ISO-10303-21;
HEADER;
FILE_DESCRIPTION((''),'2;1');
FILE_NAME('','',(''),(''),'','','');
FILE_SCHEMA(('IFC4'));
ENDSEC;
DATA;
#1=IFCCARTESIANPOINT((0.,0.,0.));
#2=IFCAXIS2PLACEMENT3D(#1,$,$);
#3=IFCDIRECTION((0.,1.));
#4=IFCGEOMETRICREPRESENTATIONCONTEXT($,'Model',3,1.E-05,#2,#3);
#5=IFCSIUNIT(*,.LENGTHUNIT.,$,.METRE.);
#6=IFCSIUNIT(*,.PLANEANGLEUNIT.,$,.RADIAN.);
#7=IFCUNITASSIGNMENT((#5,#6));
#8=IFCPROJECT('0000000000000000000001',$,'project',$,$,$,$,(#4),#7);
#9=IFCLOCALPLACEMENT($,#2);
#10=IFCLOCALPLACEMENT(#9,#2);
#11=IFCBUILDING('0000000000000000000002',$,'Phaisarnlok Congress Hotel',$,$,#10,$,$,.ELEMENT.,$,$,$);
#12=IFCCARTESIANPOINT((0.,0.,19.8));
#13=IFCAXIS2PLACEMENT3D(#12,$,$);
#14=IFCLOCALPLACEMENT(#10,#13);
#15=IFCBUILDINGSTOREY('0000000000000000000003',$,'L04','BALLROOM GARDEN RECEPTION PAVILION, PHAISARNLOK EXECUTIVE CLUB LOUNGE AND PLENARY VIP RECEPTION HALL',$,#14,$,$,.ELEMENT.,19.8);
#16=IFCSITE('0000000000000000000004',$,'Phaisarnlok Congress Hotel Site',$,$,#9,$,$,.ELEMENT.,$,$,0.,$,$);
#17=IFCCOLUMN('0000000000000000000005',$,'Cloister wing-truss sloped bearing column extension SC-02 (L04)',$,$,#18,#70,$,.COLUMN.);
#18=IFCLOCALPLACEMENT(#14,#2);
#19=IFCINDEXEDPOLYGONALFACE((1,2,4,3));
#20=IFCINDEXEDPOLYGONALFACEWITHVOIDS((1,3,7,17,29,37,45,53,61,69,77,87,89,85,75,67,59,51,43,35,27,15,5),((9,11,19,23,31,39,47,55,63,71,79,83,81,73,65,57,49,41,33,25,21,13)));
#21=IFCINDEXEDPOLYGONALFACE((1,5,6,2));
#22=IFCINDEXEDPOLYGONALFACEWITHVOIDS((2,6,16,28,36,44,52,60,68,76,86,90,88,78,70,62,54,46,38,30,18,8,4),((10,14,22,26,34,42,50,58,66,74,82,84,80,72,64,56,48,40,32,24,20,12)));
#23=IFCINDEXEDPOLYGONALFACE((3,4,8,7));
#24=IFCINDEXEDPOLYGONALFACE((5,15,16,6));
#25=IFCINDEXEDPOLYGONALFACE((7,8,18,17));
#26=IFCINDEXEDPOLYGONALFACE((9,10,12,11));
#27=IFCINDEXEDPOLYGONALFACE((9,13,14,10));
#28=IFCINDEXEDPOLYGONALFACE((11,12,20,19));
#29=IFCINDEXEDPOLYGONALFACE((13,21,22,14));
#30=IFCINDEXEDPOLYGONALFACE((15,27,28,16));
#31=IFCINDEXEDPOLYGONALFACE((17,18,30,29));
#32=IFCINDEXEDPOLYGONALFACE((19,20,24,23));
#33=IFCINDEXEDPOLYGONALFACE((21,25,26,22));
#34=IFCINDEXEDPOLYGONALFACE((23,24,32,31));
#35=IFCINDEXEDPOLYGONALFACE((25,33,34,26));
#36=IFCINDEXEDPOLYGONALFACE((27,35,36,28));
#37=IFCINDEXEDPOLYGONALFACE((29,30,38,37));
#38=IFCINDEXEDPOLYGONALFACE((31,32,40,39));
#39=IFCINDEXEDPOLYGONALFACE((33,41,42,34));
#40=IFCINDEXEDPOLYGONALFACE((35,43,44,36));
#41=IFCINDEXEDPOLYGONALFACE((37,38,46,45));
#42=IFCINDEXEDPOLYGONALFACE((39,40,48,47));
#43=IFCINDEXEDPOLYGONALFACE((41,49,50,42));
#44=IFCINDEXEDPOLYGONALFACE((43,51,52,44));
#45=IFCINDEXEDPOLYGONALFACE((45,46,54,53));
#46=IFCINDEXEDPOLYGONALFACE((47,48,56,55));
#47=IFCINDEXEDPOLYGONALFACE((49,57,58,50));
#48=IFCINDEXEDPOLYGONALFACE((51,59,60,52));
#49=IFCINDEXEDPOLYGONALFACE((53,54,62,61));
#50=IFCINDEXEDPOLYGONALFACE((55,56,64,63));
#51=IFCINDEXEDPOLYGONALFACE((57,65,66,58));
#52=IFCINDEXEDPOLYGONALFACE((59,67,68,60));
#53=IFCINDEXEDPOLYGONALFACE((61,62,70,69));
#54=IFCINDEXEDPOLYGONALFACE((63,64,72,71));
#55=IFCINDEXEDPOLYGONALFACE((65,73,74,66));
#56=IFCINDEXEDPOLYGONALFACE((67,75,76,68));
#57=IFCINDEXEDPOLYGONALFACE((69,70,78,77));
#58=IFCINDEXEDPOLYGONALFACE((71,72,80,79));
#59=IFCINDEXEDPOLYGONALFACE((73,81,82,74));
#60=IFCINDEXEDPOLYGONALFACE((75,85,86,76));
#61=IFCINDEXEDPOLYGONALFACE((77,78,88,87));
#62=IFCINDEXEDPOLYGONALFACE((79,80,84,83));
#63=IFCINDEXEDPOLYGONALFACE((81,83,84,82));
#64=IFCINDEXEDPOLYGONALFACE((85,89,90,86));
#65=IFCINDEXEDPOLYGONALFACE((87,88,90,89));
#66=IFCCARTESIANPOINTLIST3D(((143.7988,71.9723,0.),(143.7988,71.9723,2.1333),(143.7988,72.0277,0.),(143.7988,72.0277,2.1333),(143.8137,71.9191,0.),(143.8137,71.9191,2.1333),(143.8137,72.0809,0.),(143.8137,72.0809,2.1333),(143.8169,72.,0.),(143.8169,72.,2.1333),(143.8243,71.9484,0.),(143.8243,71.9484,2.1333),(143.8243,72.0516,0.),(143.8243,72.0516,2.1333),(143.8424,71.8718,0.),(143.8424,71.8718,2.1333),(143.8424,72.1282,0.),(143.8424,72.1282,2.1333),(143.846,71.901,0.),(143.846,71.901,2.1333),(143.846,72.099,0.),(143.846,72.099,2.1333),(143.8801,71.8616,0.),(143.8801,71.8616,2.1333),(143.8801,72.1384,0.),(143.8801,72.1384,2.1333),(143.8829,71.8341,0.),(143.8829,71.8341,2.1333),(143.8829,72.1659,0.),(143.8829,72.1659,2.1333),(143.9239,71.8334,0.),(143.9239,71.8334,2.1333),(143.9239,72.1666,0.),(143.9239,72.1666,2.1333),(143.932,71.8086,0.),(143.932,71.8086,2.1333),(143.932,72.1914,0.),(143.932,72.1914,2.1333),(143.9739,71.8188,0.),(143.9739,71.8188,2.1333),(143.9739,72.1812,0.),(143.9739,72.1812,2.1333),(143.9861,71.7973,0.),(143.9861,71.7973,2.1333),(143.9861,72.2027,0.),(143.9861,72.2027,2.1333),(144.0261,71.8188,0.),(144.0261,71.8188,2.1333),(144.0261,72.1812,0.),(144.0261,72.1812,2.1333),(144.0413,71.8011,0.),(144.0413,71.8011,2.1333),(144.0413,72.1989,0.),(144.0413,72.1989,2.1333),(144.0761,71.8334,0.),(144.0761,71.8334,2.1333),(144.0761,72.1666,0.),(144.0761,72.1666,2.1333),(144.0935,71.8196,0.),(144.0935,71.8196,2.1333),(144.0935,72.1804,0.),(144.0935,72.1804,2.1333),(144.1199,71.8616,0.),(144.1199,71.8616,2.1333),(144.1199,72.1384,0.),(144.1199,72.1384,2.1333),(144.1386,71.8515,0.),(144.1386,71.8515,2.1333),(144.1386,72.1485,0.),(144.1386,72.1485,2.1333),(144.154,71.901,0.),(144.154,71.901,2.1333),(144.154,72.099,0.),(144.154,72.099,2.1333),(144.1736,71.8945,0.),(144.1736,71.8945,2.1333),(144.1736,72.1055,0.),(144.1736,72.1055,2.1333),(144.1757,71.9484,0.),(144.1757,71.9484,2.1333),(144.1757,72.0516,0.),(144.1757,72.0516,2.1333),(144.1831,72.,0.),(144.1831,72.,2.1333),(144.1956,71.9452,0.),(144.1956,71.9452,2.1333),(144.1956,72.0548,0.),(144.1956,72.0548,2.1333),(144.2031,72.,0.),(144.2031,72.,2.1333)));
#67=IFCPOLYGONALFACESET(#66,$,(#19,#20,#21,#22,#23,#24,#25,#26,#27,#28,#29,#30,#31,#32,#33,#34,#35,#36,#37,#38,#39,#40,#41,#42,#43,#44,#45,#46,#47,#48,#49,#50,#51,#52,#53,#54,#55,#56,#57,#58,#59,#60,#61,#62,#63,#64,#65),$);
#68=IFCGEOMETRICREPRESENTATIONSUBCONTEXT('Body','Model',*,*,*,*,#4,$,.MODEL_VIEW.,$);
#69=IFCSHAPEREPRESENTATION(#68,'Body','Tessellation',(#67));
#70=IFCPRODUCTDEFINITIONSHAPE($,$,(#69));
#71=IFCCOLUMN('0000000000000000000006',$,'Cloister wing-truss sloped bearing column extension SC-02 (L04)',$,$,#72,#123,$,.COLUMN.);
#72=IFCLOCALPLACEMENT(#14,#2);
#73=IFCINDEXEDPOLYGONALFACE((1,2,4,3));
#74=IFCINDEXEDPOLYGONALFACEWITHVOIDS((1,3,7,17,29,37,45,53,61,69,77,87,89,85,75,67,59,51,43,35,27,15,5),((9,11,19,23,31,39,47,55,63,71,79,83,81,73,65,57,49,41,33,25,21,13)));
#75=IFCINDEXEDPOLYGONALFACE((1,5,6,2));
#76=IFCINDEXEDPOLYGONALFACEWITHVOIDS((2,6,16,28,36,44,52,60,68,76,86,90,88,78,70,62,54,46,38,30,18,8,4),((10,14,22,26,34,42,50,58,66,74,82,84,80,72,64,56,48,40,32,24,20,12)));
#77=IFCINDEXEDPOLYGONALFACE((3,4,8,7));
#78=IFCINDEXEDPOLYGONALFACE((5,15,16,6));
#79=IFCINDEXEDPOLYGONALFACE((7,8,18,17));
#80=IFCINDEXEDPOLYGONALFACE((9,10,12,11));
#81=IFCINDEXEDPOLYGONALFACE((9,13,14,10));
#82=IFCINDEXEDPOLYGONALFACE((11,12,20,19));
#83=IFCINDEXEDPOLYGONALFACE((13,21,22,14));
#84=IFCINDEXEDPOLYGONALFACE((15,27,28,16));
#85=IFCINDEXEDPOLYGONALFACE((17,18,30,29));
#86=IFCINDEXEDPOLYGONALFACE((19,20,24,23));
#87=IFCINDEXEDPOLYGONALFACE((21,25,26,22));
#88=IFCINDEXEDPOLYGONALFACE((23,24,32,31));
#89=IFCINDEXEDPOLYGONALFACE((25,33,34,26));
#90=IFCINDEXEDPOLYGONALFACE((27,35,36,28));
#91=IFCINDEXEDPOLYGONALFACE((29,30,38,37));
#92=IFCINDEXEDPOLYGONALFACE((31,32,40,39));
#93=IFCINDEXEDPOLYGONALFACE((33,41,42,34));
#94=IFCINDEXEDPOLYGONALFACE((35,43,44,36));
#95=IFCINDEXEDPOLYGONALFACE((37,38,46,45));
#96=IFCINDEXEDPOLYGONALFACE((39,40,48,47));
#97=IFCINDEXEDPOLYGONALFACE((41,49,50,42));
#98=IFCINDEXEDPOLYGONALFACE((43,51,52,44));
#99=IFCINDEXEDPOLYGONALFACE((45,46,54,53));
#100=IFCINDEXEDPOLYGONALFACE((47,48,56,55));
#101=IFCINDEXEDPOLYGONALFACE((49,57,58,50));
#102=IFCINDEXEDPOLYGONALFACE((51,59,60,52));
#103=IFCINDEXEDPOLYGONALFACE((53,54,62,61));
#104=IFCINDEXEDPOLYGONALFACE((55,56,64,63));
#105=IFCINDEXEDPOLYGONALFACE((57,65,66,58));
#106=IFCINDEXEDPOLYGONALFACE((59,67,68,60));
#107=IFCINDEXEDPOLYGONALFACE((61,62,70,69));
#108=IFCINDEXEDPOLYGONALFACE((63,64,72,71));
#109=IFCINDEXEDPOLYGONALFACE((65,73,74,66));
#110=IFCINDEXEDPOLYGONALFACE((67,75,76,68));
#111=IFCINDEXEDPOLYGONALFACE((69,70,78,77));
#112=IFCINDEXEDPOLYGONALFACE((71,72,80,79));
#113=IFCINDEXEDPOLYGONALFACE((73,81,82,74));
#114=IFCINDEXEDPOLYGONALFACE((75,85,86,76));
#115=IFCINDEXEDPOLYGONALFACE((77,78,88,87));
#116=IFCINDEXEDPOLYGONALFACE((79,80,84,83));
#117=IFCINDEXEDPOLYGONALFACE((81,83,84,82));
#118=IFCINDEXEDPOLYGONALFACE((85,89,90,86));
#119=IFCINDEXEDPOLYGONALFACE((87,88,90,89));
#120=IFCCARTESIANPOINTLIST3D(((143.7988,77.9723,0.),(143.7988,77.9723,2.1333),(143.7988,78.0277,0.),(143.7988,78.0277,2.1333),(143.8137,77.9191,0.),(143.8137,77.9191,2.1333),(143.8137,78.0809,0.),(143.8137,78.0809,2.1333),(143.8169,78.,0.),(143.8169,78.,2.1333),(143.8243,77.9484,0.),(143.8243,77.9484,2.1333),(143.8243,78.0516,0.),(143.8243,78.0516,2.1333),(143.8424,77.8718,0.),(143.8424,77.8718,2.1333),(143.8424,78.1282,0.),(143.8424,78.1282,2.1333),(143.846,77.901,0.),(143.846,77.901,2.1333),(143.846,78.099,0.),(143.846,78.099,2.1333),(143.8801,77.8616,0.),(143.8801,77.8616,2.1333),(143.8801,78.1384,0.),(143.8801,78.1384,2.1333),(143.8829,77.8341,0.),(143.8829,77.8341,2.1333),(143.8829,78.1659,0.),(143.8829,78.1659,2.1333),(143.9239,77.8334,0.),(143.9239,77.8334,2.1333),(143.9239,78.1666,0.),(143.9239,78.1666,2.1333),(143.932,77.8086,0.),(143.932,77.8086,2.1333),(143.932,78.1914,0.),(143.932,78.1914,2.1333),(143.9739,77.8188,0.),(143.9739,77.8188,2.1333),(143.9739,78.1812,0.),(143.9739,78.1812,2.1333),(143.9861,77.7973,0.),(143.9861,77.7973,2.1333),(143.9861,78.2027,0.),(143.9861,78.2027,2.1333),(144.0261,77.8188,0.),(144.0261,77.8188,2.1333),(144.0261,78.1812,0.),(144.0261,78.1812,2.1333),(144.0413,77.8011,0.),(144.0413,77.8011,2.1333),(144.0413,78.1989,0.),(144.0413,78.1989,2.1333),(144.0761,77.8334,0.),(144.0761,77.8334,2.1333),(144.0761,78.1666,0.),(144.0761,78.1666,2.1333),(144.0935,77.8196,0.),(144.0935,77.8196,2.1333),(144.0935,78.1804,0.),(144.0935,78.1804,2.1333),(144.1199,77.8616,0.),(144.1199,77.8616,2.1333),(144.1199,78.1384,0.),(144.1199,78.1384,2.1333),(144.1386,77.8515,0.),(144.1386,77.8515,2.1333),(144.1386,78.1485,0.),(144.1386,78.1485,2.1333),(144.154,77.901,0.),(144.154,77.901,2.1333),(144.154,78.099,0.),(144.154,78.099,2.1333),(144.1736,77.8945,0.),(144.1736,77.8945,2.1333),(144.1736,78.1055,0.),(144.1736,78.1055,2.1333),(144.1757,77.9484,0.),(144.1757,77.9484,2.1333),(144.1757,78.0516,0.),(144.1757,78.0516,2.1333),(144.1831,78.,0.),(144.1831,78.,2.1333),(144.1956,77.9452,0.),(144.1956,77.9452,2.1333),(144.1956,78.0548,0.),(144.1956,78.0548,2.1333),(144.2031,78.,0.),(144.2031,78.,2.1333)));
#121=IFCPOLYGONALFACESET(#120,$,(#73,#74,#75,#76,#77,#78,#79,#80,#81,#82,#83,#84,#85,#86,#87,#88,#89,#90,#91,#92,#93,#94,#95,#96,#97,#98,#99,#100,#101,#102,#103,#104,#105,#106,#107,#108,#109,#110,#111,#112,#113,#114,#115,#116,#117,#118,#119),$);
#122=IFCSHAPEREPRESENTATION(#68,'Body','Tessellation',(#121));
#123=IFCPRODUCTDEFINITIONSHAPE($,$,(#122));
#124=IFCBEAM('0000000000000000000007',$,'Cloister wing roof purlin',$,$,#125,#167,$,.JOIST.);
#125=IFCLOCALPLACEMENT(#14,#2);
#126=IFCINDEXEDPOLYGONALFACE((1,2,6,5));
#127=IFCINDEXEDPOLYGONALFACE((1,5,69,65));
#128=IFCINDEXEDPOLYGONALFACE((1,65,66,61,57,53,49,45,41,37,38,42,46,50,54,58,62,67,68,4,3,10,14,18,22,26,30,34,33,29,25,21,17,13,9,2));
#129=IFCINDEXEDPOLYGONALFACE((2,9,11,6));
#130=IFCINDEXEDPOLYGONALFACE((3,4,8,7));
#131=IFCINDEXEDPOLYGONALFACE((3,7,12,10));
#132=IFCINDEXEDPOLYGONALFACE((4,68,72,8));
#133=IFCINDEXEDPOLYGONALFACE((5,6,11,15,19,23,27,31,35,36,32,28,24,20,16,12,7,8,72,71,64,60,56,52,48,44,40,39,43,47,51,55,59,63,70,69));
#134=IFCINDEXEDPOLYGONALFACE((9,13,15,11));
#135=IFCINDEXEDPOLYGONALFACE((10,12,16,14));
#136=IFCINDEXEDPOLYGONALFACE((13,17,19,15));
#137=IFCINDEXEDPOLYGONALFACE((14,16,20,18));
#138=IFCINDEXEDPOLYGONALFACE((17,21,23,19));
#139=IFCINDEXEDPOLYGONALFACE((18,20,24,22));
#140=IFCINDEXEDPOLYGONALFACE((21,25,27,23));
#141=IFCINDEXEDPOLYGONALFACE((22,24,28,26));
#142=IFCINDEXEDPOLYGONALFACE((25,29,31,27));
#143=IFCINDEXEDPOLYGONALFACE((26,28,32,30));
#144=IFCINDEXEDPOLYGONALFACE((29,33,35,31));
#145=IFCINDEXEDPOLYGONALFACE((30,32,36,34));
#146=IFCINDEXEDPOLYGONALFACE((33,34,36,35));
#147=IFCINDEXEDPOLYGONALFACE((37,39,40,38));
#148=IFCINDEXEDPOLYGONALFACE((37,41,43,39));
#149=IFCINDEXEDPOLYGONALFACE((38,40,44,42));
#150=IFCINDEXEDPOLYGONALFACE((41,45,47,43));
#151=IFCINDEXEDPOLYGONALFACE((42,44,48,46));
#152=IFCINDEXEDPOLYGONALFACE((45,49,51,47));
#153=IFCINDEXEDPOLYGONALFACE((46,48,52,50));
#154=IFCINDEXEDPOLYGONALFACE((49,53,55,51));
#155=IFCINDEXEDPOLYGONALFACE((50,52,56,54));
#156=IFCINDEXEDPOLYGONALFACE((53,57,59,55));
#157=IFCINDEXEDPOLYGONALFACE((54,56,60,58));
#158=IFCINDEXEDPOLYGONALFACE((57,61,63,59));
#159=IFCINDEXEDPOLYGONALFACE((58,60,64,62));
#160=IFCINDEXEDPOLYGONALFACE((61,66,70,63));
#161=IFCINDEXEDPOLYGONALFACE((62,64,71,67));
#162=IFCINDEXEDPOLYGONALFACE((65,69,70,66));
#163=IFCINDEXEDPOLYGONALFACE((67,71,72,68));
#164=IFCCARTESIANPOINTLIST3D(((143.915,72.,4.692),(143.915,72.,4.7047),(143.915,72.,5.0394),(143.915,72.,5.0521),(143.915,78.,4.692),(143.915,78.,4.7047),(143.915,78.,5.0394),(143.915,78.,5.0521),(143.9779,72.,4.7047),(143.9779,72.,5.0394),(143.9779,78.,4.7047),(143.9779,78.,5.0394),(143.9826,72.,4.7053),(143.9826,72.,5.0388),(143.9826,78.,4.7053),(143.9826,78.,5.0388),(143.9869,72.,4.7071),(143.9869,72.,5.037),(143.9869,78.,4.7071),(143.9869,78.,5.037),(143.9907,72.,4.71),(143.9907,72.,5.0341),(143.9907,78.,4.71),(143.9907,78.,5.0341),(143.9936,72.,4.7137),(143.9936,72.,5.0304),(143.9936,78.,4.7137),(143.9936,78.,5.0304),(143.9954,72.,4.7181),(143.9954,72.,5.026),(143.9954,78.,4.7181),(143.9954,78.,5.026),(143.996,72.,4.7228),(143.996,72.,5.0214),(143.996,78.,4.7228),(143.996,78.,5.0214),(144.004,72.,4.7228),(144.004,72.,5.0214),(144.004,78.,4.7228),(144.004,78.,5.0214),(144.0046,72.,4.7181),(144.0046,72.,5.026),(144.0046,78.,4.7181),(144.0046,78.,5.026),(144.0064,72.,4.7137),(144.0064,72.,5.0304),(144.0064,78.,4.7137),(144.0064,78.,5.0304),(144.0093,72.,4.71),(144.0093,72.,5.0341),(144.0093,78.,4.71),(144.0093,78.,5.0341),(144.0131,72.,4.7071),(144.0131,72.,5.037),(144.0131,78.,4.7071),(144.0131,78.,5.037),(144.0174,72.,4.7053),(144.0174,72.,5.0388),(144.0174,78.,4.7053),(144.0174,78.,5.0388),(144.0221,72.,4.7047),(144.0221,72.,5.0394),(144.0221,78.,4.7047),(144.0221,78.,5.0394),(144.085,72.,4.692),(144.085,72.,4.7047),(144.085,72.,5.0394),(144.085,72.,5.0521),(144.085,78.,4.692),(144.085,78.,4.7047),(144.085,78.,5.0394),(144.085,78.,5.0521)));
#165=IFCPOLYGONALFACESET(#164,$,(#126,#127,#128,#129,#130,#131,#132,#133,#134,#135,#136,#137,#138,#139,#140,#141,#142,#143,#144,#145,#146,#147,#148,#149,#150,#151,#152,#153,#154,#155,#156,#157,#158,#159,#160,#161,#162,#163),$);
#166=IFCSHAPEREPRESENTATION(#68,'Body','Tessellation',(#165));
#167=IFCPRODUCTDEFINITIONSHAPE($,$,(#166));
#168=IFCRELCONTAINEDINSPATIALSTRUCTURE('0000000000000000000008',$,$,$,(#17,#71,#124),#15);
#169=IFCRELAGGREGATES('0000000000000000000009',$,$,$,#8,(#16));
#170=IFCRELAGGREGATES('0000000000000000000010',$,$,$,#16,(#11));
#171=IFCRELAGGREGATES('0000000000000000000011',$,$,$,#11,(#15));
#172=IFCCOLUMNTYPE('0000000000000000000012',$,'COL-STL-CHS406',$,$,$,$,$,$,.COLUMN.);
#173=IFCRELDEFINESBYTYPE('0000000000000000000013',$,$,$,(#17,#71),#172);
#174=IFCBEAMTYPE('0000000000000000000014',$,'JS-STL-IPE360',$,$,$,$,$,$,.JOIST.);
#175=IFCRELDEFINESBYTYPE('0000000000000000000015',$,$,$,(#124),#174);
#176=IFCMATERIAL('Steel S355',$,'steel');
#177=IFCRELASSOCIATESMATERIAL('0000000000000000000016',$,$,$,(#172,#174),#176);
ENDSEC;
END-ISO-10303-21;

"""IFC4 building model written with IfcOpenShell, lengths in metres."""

from ifc_helpers import new_model, si_unit, direction, frame, origin, origin_2d, place, context, subcontext, project, spatial, hollow_circle, i_section, extrude, material, material_profile, profile_set, type_object, element, save


model = new_model("IFC4")

# Units and contexts
model_context = context("Model", 3, precision=1e-05, world=origin(), true_north=direction((0.0, 1.0)))
body_context = subcontext(model_context, "Body", "Model", "MODEL_VIEW")
ifc_project = project(units=[si_unit("LENGTHUNIT", "METRE"), si_unit("PLANEANGLEUNIT", "RADIAN")], contexts=[model_context])

# Site, building, storey
site_placement = place(None, origin())
site = spatial("IfcSite", under=ifc_project, at=site_placement, Name="Phaisarnlok Congress Hotel Site", CompositionType="ELEMENT", RefElevation=0.0)
building_placement = place(site_placement, origin())
building = spatial("IfcBuilding", under=site, at=building_placement, Name="Phaisarnlok Congress Hotel", CompositionType="ELEMENT")
storey_placement = place(building_placement, frame((0.0, 0.0, 19.8)))
storey = spatial("IfcBuildingStorey", under=building, at=storey_placement, Name="L04", Description="BALLROOM GARDEN RECEPTION PAVILION, PHAISARNLOK EXECUTIVE CLUB LOUNGE AND PLENARY VIP RECEPTION HALL", CompositionType="ELEMENT", Elevation=19.8)

# Columns
ifc_material = material(Name="Steel S355", Category="steel")
ifc_material_profile_1 = material_profile(ifc_material, hollow_circle(Radius=0.2031, WallThickness=0.02, at=origin_2d()), Name="CHS 406.4x20")
ifc_profile_set_1 = profile_set([ifc_material_profile_1], Name="Steel S355")
column_type = type_object("IfcColumnType", Name="COL-STL-CHS406", PredefinedType="COLUMN", material=ifc_profile_set_1)
for number, where, z_axis, x_axis, name in (
    (1, (144.0, 72.0, 0.0), (0.0, 0.0, 1.0), (1.0, 0.0, 0.0), "Cloister wing-truss sloped bearing column extension SC-02 (L04)"),
    (2, (144.0, 78.0, 0.0), (0.0, 0.0, 1.0), (1.0, 0.0, 0.0), "Cloister wing-truss sloped bearing column extension SC-02 (L04)"),
):
    element("IfcColumn", number, at=place(storey_placement, frame(where, z_axis=z_axis, x_axis=x_axis)), inside=storey, type_object=column_type, Name=name, PredefinedType="COLUMN", context=body_context, shape_type="SweptSolid", body=[
        extrude(hollow_circle(Radius=0.2031, WallThickness=0.02, at=origin_2d()), origin(), (0.0, 0.0, 1.0), 2.1333),
    ])

# Beam
ifc_material_profile_2 = material_profile(ifc_material, i_section(OverallWidth=0.1699, OverallDepth=0.3601, WebThickness=0.0081, FlangeThickness=0.0127, FilletRadius=0.0181, at=origin_2d()), Name="IPE 360")
ifc_profile_set_2 = profile_set([ifc_material_profile_2], Name="Steel S355")
beam_type = type_object("IfcBeamType", Name="JS-STL-IPE360", PredefinedType="JOIST", material=ifc_profile_set_2)
for number, where, z_axis, x_axis, name in (
    (3, (144.0, 72.0, 4.8721), (0.0, 1.0, 0.0), (-1.0, 0.0, 0.0), "Cloister wing roof purlin"),
):
    element("IfcBeam", number, at=place(storey_placement, frame(where, z_axis=z_axis, x_axis=x_axis)), inside=storey, type_object=beam_type, Name=name, PredefinedType="JOIST", context=body_context, shape_type="SweptSolid", body=[
        extrude(i_section(OverallWidth=0.1699, OverallDepth=0.3601, WebThickness=0.0081, FlangeThickness=0.0127, FilletRadius=0.0181, at=origin_2d()), origin(), (0.0, 0.0, 1.0), 6.0),
    ])

save(model, "model.ifc")
